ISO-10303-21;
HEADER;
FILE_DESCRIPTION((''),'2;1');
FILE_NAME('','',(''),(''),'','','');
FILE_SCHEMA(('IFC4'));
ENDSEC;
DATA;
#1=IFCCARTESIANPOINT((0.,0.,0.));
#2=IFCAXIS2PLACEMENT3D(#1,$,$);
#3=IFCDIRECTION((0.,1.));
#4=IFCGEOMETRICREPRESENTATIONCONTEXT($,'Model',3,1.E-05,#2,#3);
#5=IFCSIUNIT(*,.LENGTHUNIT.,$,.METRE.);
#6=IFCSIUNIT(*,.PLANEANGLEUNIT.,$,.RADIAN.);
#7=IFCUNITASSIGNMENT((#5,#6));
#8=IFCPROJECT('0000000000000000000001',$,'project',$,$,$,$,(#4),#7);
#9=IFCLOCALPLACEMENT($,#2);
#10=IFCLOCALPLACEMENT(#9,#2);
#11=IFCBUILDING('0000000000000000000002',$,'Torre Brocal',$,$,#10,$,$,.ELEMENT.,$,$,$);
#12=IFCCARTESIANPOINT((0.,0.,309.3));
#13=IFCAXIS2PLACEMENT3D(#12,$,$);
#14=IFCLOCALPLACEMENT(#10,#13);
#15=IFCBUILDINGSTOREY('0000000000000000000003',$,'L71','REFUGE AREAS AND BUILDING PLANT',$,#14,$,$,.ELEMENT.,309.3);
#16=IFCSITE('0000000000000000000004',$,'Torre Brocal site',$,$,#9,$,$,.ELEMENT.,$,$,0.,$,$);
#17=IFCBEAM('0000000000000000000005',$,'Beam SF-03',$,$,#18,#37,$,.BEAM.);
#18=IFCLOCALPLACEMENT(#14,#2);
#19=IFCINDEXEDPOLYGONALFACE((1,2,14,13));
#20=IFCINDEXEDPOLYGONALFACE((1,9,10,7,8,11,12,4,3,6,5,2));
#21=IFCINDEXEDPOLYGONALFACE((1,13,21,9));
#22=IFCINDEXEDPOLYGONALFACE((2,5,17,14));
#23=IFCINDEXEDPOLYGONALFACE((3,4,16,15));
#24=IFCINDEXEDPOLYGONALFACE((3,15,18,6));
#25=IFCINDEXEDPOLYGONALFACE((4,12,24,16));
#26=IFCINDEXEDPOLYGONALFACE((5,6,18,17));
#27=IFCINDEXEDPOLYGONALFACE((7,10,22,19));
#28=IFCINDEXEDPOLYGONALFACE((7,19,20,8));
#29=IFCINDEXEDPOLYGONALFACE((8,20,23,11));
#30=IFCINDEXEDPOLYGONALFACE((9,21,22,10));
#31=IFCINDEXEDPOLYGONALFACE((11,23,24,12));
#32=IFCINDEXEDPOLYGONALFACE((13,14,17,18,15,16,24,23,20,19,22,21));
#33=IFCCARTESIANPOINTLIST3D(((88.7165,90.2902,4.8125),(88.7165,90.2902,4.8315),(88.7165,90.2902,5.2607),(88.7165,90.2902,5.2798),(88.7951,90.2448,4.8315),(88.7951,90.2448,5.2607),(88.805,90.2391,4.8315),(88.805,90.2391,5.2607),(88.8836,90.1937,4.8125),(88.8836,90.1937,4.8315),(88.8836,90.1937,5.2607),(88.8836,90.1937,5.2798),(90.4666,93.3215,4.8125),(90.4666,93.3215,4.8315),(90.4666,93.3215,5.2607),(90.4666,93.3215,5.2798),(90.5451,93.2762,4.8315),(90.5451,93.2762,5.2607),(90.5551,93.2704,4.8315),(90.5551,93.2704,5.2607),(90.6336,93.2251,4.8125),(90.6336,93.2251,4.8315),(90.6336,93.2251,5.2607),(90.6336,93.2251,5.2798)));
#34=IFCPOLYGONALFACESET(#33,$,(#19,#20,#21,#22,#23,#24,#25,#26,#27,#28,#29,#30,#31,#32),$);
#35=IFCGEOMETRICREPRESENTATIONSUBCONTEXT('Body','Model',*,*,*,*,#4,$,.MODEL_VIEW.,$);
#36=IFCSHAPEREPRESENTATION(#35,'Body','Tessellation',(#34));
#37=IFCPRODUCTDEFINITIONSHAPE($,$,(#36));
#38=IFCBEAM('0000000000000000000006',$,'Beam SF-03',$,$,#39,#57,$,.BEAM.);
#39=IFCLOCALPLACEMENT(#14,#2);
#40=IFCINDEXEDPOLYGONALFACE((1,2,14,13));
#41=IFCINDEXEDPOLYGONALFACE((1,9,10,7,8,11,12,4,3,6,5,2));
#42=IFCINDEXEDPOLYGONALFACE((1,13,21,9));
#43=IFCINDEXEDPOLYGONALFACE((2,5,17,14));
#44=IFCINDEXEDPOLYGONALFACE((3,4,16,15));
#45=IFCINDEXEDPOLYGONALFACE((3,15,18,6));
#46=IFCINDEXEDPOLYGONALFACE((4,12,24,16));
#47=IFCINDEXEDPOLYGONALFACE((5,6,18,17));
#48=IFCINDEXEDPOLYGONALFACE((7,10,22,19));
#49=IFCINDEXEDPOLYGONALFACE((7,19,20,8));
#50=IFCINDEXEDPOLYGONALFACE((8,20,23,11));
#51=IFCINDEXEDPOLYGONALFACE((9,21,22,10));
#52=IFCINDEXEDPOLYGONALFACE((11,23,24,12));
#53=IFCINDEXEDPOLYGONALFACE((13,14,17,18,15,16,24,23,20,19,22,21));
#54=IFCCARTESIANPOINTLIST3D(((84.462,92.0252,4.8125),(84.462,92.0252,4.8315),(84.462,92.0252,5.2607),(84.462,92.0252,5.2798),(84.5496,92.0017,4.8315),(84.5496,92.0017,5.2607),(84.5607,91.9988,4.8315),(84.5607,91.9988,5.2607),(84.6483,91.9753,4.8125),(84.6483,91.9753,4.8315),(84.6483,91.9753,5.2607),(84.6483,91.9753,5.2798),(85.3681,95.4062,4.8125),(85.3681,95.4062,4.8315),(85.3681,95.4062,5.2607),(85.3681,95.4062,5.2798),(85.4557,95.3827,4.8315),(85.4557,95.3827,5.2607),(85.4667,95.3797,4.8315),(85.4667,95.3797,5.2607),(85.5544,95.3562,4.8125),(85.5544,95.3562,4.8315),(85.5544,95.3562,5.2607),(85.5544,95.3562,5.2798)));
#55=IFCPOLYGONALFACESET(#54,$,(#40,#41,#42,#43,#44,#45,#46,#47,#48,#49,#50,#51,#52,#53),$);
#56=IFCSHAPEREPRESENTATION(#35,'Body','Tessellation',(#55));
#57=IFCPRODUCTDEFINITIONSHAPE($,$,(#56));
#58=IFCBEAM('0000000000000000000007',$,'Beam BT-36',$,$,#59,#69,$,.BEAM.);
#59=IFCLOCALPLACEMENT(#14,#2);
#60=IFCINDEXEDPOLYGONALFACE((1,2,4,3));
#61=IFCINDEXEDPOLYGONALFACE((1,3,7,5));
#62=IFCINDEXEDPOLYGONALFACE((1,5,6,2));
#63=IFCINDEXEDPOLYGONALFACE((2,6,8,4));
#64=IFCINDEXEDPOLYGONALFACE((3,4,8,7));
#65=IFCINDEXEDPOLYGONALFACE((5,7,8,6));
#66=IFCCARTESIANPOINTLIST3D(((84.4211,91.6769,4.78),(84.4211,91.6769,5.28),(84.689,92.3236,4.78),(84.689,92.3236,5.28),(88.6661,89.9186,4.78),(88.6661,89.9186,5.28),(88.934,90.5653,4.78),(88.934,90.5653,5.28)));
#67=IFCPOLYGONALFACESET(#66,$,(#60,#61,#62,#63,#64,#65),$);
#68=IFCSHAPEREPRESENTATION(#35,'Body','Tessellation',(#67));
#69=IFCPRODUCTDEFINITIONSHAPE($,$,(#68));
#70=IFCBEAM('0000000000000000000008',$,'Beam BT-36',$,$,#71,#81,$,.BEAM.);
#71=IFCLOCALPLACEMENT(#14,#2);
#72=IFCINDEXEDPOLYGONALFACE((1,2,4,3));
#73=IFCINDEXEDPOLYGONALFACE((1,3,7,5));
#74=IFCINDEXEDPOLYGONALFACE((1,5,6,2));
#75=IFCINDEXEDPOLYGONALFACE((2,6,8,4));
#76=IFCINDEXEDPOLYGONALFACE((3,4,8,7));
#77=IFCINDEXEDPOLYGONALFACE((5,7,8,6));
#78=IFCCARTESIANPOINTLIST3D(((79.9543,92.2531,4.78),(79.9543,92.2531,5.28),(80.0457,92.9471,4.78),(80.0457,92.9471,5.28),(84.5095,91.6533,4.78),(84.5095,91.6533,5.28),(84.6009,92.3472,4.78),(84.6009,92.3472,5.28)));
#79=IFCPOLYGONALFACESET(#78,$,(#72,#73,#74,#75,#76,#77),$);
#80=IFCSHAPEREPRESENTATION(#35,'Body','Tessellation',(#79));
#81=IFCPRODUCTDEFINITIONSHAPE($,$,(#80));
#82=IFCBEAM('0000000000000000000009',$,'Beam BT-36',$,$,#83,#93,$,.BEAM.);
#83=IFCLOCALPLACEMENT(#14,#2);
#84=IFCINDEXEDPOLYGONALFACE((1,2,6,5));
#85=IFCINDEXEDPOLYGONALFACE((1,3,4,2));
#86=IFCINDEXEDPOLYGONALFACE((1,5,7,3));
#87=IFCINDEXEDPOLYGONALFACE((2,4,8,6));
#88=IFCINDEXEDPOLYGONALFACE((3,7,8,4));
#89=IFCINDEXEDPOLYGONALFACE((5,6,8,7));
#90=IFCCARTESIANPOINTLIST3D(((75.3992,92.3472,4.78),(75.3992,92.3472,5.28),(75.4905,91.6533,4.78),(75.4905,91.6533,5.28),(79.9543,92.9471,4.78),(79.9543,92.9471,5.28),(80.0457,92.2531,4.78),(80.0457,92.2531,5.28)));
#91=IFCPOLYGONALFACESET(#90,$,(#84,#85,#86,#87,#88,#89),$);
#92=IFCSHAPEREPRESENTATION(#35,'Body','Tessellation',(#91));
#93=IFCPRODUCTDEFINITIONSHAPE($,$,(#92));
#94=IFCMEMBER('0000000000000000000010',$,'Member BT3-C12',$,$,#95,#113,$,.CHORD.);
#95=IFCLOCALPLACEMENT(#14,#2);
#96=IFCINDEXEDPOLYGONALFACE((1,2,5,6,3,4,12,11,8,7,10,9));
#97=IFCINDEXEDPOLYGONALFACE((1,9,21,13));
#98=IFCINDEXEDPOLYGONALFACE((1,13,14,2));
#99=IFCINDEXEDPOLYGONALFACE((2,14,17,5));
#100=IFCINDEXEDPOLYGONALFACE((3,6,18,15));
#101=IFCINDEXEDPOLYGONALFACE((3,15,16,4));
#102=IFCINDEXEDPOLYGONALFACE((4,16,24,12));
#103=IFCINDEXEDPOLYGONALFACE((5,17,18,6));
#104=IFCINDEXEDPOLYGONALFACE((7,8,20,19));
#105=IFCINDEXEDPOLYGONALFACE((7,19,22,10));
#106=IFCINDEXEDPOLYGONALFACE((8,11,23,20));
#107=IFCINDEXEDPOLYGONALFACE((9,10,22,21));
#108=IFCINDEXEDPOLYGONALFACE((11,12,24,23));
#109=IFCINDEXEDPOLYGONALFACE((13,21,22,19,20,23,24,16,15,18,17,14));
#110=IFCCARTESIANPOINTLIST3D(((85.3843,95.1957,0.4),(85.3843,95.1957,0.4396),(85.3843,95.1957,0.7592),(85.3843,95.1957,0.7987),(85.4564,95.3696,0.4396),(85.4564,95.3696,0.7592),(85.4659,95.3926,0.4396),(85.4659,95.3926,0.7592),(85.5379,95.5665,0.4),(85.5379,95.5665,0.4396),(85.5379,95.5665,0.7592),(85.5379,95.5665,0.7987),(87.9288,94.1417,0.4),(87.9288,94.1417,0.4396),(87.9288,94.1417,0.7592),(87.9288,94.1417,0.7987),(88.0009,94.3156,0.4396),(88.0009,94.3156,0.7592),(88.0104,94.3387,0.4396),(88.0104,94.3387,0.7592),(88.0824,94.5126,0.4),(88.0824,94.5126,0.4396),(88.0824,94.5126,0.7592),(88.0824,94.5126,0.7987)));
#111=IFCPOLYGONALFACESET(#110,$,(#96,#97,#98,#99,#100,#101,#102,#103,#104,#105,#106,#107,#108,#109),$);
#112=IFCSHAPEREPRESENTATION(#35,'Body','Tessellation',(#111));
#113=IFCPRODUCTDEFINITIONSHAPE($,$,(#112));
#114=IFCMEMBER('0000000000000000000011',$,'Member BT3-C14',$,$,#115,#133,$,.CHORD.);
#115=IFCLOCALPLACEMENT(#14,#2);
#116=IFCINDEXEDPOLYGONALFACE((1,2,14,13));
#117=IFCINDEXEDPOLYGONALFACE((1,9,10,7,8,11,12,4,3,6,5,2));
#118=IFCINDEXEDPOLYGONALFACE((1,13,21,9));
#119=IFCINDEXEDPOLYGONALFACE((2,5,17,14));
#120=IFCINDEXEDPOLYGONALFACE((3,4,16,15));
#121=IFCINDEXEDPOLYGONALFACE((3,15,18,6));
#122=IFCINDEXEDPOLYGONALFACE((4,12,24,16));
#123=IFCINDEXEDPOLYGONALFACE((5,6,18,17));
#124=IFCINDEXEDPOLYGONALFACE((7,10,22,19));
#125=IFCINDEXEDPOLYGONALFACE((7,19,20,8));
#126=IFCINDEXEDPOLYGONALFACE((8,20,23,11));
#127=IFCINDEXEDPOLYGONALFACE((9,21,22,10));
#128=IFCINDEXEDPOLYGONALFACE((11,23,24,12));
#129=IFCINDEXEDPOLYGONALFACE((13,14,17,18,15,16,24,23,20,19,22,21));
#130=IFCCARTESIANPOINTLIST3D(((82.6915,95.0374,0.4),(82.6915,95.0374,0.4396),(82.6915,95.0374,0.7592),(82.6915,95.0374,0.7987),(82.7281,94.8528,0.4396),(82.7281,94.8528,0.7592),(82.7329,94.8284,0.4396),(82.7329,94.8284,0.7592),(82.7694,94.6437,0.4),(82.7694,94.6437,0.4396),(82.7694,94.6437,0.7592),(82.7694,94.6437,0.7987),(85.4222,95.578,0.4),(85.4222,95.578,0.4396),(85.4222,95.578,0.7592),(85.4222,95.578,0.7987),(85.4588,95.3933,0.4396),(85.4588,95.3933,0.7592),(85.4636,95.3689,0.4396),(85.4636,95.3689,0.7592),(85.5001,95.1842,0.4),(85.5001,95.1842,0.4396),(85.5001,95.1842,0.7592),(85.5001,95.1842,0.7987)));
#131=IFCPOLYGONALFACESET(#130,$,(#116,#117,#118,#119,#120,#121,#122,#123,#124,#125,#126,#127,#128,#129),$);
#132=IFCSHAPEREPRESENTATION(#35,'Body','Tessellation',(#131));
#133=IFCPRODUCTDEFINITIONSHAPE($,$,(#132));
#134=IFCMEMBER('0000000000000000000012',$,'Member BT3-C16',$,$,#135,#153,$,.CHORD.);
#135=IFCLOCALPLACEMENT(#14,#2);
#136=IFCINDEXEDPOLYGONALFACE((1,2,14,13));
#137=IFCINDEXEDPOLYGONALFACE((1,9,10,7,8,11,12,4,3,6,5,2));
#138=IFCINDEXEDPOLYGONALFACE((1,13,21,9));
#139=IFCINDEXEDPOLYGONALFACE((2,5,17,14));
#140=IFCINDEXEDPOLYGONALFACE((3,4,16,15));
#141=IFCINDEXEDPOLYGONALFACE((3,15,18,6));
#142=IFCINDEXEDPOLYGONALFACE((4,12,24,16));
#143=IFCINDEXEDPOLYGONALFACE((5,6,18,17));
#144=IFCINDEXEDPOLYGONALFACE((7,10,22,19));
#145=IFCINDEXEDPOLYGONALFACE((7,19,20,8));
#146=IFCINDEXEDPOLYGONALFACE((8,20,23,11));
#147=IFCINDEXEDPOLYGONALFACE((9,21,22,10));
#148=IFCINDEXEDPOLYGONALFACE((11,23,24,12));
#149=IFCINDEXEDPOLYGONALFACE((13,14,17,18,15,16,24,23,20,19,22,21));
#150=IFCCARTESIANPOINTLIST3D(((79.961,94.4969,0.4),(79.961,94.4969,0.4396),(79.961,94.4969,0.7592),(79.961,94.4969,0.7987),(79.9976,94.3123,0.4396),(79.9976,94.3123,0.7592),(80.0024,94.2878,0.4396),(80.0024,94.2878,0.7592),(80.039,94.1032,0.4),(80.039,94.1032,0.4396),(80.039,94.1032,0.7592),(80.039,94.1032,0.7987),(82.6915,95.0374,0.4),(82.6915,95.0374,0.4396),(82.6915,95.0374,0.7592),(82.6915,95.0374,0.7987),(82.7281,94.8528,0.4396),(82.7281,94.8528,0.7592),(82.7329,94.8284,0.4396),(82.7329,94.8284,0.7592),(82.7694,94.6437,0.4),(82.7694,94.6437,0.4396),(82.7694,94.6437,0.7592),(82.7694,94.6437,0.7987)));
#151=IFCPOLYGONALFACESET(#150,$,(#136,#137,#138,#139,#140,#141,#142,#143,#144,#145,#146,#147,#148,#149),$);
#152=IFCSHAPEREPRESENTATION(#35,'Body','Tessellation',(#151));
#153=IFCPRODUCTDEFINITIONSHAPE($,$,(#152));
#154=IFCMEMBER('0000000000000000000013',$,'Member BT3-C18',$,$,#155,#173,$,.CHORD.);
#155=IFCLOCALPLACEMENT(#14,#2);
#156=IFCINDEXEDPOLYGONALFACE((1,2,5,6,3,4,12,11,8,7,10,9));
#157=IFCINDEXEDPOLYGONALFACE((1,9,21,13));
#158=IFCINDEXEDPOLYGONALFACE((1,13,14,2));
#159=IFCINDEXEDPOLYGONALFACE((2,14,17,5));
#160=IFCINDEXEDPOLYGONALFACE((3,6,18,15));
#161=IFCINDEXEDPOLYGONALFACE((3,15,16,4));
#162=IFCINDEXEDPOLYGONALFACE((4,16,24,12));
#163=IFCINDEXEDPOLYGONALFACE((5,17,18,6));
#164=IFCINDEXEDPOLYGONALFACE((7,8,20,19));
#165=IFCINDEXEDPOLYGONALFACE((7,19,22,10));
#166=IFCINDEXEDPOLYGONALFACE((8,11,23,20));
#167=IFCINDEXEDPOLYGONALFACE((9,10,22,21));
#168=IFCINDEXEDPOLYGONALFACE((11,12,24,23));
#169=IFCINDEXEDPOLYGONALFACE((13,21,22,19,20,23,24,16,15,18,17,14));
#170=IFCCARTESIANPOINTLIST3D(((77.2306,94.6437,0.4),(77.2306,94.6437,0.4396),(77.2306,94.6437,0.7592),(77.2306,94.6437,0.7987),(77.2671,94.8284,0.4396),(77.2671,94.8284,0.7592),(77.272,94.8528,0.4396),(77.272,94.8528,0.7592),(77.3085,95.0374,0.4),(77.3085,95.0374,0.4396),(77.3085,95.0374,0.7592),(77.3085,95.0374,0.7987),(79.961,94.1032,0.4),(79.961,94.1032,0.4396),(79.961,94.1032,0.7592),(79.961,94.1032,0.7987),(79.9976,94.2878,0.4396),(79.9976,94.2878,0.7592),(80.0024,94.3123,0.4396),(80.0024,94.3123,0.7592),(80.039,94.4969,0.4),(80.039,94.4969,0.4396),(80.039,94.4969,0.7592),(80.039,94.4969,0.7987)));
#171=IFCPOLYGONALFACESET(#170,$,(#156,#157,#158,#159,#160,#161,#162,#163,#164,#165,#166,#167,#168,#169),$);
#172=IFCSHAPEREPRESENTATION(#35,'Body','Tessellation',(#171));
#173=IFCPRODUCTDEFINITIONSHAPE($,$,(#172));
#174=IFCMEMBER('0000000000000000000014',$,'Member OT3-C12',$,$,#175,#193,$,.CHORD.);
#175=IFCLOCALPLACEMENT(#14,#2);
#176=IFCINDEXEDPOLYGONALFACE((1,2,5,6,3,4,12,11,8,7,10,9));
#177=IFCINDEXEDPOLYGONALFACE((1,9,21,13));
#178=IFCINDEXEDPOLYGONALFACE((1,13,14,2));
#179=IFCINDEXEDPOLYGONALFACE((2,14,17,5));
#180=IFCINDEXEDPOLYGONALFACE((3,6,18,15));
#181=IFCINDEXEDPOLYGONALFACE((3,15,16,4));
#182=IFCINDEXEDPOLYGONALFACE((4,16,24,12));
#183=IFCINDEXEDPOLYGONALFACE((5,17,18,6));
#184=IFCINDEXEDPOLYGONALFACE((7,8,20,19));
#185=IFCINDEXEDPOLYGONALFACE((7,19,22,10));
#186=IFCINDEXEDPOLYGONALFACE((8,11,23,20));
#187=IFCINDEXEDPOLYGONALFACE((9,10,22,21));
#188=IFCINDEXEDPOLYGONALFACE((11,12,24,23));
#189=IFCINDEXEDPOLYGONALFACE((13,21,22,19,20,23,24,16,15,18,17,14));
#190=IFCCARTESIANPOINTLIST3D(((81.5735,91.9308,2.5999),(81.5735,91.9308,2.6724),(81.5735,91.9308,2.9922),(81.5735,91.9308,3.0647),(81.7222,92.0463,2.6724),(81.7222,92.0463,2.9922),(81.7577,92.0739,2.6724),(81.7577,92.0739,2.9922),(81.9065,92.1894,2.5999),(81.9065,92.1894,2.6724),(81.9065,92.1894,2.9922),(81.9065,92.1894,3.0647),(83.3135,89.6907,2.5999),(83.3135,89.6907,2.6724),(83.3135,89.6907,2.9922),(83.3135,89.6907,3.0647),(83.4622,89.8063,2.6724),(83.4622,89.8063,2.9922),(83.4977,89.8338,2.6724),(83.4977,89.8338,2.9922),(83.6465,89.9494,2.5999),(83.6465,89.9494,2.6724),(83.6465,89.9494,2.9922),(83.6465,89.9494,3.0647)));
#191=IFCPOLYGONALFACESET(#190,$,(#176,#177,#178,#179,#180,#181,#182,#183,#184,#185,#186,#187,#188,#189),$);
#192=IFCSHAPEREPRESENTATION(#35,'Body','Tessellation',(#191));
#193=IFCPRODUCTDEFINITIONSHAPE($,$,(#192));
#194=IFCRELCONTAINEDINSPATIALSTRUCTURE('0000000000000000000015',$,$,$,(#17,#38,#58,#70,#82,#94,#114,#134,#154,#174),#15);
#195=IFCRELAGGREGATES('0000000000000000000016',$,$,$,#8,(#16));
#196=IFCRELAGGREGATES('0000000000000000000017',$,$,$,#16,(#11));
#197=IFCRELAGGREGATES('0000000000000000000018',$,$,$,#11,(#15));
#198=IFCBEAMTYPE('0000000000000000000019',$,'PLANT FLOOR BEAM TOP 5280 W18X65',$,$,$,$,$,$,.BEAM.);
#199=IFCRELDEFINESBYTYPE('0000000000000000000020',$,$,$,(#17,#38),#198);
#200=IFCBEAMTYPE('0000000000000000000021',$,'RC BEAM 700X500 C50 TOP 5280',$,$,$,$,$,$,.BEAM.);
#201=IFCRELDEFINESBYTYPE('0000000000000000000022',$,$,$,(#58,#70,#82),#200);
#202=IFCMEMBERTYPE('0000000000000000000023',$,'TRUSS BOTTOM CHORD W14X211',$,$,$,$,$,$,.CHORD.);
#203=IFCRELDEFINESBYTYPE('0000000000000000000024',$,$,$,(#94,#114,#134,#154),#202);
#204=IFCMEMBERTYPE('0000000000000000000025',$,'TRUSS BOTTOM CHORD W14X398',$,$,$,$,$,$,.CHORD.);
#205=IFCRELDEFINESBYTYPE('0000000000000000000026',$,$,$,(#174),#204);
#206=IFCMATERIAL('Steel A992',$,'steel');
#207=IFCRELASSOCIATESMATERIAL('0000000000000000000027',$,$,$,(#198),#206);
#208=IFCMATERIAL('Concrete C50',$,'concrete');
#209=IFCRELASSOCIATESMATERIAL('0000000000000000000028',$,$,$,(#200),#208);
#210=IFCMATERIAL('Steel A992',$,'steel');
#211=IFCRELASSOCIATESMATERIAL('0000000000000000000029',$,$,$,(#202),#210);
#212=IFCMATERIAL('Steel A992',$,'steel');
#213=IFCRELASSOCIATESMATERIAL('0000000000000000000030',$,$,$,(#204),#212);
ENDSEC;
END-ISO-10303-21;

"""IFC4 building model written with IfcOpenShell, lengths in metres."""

from ifc_helpers import new_model, si_unit, direction, frame, origin, origin_2d, place, context, subcontext, project, spatial, rectangle, i_section, extrude, material, material_profile, profile_set, type_object, element, save


model = new_model("IFC4")

# Units and contexts
model_context = context("Model", 3, precision=1e-05, world=origin(), true_north=direction((0.0, 1.0)))
body_context = subcontext(model_context, "Body", "Model", "MODEL_VIEW")
ifc_project = project(units=[si_unit("LENGTHUNIT", "METRE"), si_unit("PLANEANGLEUNIT", "RADIAN")], contexts=[model_context])

# Site, building, storey
site_placement = place(None, origin())
site = spatial("IfcSite", under=ifc_project, at=site_placement, Name="Torre Brocal site", CompositionType="ELEMENT", RefElevation=0.0)
building_placement = place(site_placement, origin())
building = spatial("IfcBuilding", under=site, at=building_placement, Name="Torre Brocal", CompositionType="ELEMENT")
storey_placement = place(building_placement, frame((0.0, 0.0, 309.3)))
storey = spatial("IfcBuildingStorey", under=building, at=storey_placement, Name="L71", Description="REFUGE AREAS AND BUILDING PLANT", CompositionType="ELEMENT", Elevation=309.3)

# Beams
ifc_material_1 = material(Name="Steel A992", Category="steel")
ifc_material_profile_1 = material_profile(ifc_material_1, i_section(OverallWidth=0.1929, OverallDepth=0.4673, WebThickness=0.0115, FlangeThickness=0.019, at=origin_2d()), Name="W18X65")
ifc_profile_set_1 = profile_set([ifc_material_profile_1], Name="Steel A992")
beam_type_1 = type_object("IfcBeamType", Name="PLANT FLOOR BEAM TOP 5280 W18X65", PredefinedType="BEAM", material=ifc_profile_set_1)
for number, where, z_axis, x_axis, name in (
    (1, (88.8, 90.2419, 5.0461), (0.49998, 0.866037, 0.0), (-0.866037, 0.49998, 0.0), "Beam SF-03"),
    (2, (84.5552, 92.0002, 5.0461), (0.258848, 0.965918, 0.0), (-0.965918, 0.258848, 0.0), "Beam SF-03"),
):
    element("IfcBeam", number, at=place(storey_placement, frame(where, z_axis=z_axis, x_axis=x_axis)), inside=storey, type_object=beam_type_1, Name=name, PredefinedType="BEAM", context=body_context, shape_type="SweptSolid", body=[
        extrude(i_section(OverallWidth=0.1929, OverallDepth=0.4673, WebThickness=0.0115, FlangeThickness=0.019, at=origin_2d()), origin(), (0.0, 0.0, 1.0), 3.5002),
    ])
ifc_material_2 = material(Name="Concrete C50", Category="concrete")
ifc_material_profile_2 = material_profile(ifc_material_2, rectangle(XDim=0.7, YDim=0.5, at=origin_2d()), Name="RC 700X500")
ifc_profile_set_2 = profile_set([ifc_material_profile_2], Name="Concrete C50")
beam_type_2 = type_object("IfcBeamType", Name="RC BEAM 700X500 C50 TOP 5280", PredefinedType="BEAM", material=ifc_profile_set_2)
beam_placement = place(storey_placement, frame((88.8, 90.2419, 5.03), z_axis=(-0.923878, 0.382687, 0.0), x_axis=(-0.382687, -0.923878, 0.0)))
element("IfcBeam", 3, at=beam_placement, inside=storey, type_object=beam_type_2, Name="Beam BT-36", PredefinedType="BEAM", context=body_context, shape_type="SweptSolid", body=[
    extrude(rectangle(XDim=0.7, YDim=0.5, at=origin_2d()), origin(), (0.0, 0.0, 1.0), 4.5947),
])
for number, where, z_axis, x_axis, name in (
    (4, (84.5552, 92.0002, 5.03), (-0.991441, 0.130559, 0.0), (-0.130559, -0.991441, 0.0), "Beam BT-36"),
    (5, (80.0, 92.6001, 5.03), (-0.991441, -0.130559, 0.0), (0.130559, -0.991441, 0.0), "Beam BT-36"),
):
    element("IfcBeam", number, at=place(storey_placement, frame(where, z_axis=z_axis, x_axis=x_axis)), inside=storey, type_object=beam_type_2, Name=name, PredefinedType="BEAM", context=body_context, shape_type="SweptSolid", body=[
        extrude(rectangle(XDim=0.7, YDim=0.5, at=origin_2d()), origin(), (0.0, 0.0, 1.0), 4.5945),
    ])

# Members
ifc_material_3 = material(Name="Steel A992", Category="steel")
ifc_material_profile_3 = material_profile(ifc_material_3, i_section(OverallWidth=0.4014, OverallDepth=0.3987, WebThickness=0.0249, FlangeThickness=0.0396, at=origin_2d()), Name="W14X211")
ifc_profile_set_3 = profile_set([ifc_material_profile_3], Name="Steel A992")
member_type_1 = type_object("IfcMemberType", Name="TRUSS BOTTOM CHORD W14X211", PredefinedType="CHORD", material=ifc_profile_set_3)
member_1_placement = place(storey_placement, frame((88.0056, 94.3271, 0.5994), z_axis=(-0.923877, 0.382688, 0.0), x_axis=(-0.382688, -0.923877, 0.0)))
element("IfcMember", 6, at=member_1_placement, inside=storey, type_object=member_type_1, Name="Member BT3-C12", PredefinedType="CHORD", context=body_context, shape_type="SweptSolid", body=[
    extrude(i_section(OverallWidth=0.4014, OverallDepth=0.3987, WebThickness=0.0249, FlangeThickness=0.0396, at=origin_2d()), origin(), (0.0, 0.0, 1.0), 2.7542),
])
member_2_placement = place(storey_placement, frame((85.4612, 95.3811, 0.5994), z_axis=(-0.980967, -0.194176, 0.0), x_axis=(0.194176, -0.980967, 0.0)))
element("IfcMember", 7, at=member_2_placement, inside=storey, type_object=member_type_1, Name="Member BT3-C14", PredefinedType="CHORD", context=body_context, shape_type="SweptSolid", body=[
    extrude(i_section(OverallWidth=0.4014, OverallDepth=0.3987, WebThickness=0.0249, FlangeThickness=0.0396, at=origin_2d()), origin(), (0.0, 0.0, 1.0), 2.7837),
])
for number, where, z_axis, x_axis, name in (
    (8, (82.7305, 94.8406, 0.5994), (-0.980963, -0.194193, 0.0), (0.194193, -0.980963, 0.0), "Member BT3-C16"),
    (9, (80.0, 94.3, 0.5994), (-0.980963, 0.194193, 0.0), (-0.194193, -0.980963, 0.0), "Member BT3-C18"),
):
    element("IfcMember", number, at=place(storey_placement, frame(where, z_axis=z_axis, x_axis=x_axis)), inside=storey, type_object=member_type_1, Name=name, PredefinedType="CHORD", context=body_context, shape_type="SweptSolid", body=[
        extrude(i_section(OverallWidth=0.4014, OverallDepth=0.3987, WebThickness=0.0249, FlangeThickness=0.0396, at=origin_2d()), origin(), (0.0, 0.0, 1.0), 2.7834),
    ])
ifc_material_4 = material(Name="Steel A992", Category="steel")
ifc_material_profile_4 = material_profile(ifc_material_4, i_section(OverallWidth=0.4216, OverallDepth=0.4648, WebThickness=0.0449, FlangeThickness=0.0725, at=origin_2d()), Name="W14X398")
ifc_profile_set_4 = profile_set([ifc_material_profile_4], Name="Steel A992")
member_type_2 = type_object("IfcMemberType", Name="TRUSS BOTTOM CHORD W14X398", PredefinedType="CHORD", material=ifc_profile_set_4)
for number, where, z_axis, x_axis, name in (
    (10, (83.48, 89.8201, 2.8323), (-0.613452, 0.789732, 0.0), (-0.789732, -0.613452, 0.0), "Member OT3-C12"),
):
    element("IfcMember", number, at=place(storey_placement, frame(where, z_axis=z_axis, x_axis=x_axis)), inside=storey, type_object=member_type_2, Name=name, PredefinedType="CHORD", context=body_context, shape_type="SweptSolid", body=[
        extrude(i_section(OverallWidth=0.4216, OverallDepth=0.4648, WebThickness=0.0449, FlangeThickness=0.0725, at=origin_2d()), origin(), (0.0, 0.0, 1.0), 2.8364),
    ])

save(model, "model.ifc")
